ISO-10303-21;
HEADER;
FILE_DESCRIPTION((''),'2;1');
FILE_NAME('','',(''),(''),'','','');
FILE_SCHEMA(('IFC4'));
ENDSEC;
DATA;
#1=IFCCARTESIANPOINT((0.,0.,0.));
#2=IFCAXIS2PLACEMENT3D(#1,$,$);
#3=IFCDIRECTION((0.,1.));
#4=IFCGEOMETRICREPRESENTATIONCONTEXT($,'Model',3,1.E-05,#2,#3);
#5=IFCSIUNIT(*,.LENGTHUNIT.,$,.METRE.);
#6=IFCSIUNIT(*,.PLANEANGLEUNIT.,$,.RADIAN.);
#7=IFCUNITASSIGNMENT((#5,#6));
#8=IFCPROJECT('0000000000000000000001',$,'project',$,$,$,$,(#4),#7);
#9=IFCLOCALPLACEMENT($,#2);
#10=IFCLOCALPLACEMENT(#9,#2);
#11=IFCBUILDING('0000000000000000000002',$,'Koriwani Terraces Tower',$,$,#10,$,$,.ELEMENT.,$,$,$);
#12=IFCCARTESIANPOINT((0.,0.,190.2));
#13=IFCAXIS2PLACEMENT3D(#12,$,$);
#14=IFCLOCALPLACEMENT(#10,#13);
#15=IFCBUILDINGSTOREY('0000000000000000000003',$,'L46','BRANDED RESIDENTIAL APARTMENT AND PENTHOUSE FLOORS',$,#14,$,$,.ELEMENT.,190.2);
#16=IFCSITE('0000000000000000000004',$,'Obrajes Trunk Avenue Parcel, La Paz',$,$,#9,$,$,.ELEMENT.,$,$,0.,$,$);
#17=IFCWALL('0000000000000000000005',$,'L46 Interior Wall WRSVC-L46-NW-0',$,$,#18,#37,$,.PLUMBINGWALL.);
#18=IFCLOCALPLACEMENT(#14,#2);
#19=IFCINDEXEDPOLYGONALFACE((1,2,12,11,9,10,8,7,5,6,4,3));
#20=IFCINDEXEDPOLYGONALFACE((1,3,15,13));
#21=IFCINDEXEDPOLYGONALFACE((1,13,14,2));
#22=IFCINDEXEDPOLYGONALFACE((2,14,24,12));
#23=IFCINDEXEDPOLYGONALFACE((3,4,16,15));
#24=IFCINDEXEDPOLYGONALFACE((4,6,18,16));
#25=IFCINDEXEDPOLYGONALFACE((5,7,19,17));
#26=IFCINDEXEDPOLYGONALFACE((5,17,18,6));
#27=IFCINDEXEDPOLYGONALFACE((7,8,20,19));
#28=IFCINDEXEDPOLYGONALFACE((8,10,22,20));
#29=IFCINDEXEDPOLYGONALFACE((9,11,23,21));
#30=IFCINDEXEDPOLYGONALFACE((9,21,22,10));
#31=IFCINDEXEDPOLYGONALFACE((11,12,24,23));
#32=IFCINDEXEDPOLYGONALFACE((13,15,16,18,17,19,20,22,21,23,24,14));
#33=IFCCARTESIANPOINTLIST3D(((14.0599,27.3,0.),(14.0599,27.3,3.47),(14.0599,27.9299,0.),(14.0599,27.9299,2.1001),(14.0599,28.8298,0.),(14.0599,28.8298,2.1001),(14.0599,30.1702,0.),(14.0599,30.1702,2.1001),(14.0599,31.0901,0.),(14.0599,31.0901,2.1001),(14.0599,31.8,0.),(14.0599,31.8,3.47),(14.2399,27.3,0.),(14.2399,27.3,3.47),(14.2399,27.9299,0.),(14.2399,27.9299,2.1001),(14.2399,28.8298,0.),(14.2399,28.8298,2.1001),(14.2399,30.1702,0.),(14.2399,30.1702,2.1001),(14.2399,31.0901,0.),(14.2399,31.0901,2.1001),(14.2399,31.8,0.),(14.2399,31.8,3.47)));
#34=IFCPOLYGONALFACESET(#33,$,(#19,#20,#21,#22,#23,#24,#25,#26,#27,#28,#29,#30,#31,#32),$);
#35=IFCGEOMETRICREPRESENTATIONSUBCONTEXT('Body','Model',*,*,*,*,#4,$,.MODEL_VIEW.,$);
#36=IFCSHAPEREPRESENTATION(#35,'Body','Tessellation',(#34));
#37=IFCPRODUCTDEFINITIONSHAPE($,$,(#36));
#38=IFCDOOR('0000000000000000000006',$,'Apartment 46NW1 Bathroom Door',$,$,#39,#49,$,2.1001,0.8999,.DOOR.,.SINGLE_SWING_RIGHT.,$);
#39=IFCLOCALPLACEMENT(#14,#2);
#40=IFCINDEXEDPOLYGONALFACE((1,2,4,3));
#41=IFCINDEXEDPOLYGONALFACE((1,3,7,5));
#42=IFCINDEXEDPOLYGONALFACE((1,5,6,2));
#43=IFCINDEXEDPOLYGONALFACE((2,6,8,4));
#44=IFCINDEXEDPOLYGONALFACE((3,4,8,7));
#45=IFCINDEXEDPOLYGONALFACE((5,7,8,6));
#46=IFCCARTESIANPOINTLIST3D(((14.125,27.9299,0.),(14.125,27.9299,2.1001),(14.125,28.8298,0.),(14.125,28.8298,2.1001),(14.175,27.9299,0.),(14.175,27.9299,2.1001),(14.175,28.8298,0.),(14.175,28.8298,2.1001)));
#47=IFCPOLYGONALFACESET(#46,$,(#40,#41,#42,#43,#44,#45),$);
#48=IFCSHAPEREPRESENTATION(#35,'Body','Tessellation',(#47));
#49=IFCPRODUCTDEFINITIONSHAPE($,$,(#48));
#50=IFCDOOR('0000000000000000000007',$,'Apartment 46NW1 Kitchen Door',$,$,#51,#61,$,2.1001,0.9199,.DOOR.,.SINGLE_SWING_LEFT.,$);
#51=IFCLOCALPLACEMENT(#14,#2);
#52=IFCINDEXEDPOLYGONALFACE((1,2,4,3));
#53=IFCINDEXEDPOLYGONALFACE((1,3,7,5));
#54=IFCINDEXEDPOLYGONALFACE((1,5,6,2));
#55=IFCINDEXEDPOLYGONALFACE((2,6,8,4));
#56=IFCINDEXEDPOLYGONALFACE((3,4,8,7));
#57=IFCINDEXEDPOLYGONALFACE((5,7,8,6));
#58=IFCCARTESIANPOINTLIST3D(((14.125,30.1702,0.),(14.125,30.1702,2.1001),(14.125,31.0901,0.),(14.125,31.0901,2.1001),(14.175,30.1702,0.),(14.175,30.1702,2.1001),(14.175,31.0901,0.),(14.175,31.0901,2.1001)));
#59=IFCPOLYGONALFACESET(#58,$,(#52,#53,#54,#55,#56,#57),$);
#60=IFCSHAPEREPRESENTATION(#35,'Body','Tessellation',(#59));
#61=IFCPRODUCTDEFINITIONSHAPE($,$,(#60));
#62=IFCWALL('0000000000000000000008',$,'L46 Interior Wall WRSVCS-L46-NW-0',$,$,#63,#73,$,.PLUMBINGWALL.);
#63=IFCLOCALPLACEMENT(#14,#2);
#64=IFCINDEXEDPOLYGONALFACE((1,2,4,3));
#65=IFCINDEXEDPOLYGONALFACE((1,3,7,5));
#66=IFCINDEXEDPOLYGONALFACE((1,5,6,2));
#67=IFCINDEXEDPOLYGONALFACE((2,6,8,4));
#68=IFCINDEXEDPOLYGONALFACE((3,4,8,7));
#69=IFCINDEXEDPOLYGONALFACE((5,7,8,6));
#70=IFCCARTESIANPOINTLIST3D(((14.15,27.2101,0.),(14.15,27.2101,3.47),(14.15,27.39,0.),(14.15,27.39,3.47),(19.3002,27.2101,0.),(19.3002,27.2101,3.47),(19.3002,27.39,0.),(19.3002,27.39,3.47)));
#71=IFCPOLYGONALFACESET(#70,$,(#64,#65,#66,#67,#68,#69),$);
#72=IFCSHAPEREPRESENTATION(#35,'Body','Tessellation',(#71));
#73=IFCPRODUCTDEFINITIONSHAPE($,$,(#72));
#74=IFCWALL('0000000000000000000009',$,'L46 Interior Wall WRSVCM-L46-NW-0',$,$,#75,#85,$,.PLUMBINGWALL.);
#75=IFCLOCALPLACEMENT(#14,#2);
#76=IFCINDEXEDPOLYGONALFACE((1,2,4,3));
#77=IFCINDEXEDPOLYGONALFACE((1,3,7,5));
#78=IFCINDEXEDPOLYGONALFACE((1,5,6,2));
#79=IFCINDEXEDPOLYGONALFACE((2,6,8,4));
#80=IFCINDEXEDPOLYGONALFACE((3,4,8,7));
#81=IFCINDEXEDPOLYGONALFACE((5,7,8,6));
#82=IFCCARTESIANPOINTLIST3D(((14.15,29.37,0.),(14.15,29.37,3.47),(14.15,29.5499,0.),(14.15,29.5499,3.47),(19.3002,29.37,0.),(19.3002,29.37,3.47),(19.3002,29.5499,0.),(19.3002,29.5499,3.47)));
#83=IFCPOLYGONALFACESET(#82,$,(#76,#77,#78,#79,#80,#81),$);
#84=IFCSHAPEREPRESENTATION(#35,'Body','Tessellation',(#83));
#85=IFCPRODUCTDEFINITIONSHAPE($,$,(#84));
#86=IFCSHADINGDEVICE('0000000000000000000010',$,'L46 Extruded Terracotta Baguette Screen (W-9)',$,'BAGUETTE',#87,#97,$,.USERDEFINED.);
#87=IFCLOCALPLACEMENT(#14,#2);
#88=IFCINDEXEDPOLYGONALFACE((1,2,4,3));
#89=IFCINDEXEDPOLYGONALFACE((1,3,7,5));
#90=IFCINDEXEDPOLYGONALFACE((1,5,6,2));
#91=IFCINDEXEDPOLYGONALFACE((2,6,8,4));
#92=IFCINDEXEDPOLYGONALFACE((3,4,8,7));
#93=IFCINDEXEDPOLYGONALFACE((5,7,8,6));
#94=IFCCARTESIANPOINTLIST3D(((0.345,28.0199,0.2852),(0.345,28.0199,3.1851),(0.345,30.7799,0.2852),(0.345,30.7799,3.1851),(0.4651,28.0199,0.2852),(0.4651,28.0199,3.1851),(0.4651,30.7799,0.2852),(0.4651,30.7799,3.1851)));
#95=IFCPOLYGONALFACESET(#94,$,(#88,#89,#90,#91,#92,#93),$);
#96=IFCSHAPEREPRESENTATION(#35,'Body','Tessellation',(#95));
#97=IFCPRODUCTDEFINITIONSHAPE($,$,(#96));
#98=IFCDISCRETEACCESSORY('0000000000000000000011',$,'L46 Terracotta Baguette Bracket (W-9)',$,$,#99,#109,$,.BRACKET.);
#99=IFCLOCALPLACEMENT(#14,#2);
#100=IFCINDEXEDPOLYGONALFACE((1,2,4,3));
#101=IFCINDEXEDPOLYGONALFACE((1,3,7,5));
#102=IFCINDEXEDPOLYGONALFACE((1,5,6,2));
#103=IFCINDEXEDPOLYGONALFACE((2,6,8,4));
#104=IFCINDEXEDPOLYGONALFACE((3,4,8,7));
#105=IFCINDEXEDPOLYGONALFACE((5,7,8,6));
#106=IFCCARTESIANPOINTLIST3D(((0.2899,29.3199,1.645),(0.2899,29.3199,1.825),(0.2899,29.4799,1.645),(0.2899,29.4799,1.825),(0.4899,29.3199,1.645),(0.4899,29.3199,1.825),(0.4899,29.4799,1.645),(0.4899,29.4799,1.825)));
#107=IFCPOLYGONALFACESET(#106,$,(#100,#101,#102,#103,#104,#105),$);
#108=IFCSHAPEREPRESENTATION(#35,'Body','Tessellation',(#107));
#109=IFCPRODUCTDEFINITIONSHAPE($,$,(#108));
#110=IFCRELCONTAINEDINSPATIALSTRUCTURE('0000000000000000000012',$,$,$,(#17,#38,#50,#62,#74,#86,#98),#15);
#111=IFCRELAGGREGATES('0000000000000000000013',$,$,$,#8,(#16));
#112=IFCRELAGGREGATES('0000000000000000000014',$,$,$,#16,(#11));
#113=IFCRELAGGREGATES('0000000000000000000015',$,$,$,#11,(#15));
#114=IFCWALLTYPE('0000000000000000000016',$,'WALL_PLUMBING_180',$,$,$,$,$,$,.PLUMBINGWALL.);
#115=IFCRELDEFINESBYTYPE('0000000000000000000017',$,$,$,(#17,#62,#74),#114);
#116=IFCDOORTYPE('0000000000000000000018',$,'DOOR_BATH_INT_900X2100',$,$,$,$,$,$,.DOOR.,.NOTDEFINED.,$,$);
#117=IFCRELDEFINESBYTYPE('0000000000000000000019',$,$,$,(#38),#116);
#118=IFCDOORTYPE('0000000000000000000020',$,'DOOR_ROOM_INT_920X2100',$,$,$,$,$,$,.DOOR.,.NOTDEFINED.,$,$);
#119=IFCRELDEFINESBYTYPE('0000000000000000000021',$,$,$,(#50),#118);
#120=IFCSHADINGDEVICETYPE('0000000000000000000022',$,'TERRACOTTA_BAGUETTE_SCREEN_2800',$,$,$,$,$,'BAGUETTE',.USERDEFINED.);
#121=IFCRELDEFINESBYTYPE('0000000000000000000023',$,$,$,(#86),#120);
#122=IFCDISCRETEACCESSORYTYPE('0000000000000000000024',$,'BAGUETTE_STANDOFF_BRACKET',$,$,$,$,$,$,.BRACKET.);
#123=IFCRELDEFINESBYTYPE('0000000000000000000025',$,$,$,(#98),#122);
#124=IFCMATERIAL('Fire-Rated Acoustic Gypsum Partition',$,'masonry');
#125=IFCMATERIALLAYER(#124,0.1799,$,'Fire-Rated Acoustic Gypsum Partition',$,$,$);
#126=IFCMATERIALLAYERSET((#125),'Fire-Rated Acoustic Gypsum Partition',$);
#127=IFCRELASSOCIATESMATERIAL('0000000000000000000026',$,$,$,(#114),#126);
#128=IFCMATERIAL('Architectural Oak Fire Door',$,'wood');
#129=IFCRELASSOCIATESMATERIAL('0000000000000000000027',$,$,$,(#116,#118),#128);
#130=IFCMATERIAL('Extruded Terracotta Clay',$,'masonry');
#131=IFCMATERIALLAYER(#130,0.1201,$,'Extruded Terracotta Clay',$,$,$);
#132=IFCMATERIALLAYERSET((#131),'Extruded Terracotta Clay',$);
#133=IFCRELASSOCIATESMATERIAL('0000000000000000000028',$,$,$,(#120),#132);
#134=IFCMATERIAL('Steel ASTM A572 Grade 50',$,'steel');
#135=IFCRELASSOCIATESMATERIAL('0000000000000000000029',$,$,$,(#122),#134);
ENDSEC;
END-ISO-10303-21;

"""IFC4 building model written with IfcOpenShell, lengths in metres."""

from ifc_helpers import new_model, si_unit, direction, frame, frame_2d, origin, origin_2d, place, context, subcontext, project, spatial, rectangle, extrude, material, layer, layer_set, type_object, element, fill, save


model = new_model("IFC4")

# Units and contexts
model_context = context("Model", 3, precision=1e-05, world=origin(), true_north=direction((0.0, 1.0)))
body_context = subcontext(model_context, "Body", "Model", "MODEL_VIEW")
ifc_project = project(units=[si_unit("LENGTHUNIT", "METRE"), si_unit("PLANEANGLEUNIT", "RADIAN")], contexts=[model_context])

# Site, building, storey
site_placement = place(None, origin())
site = spatial("IfcSite", under=ifc_project, at=site_placement, Name="Obrajes Trunk Avenue Parcel, La Paz", CompositionType="ELEMENT", RefElevation=0.0)
building_placement = place(site_placement, origin())
building = spatial("IfcBuilding", under=site, at=building_placement, Name="Koriwani Terraces Tower", CompositionType="ELEMENT")
storey_placement = place(building_placement, frame((0.0, 0.0, 190.2)))
storey = spatial("IfcBuildingStorey", under=building, at=storey_placement, Name="L46", Description="BRANDED RESIDENTIAL APARTMENT AND PENTHOUSE FLOORS", CompositionType="ELEMENT", Elevation=190.2)

# Shared definitions
ifc_material_1 = material(Name="Steel ASTM A572 Grade 50", Category="steel")

# Shared definitions
ifc_material_2 = material(Name="Architectural Oak Fire Door", Category="wood")

# Shared definitions
ifc_material_3 = material(Name="Fire-Rated Acoustic Gypsum Partition", Category="masonry")
ifc_layer_1 = layer(ifc_material_3, 0.1799, Name="Fire-Rated Acoustic Gypsum Partition")
ifc_layer_set_1 = layer_set([ifc_layer_1], Name="Fire-Rated Acoustic Gypsum Partition")
wall_type_1 = type_object("IfcWallType", Name="WALL_PLUMBING_180", PredefinedType="PLUMBINGWALL", material=ifc_layer_set_1)

# Wall, openings, doors
wall_1_placement = place(storey_placement, frame((14.1499, 27.3, 0.0), z_axis=(0.0, 0.0, 1.0), x_axis=(0.0, 1.0, 0.0)))
wall_1 = element("IfcWall", 1, at=wall_1_placement, inside=storey, type_object=wall_type_1, Name="L46 Interior Wall WRSVC-L46-NW-0", PredefinedType="PLUMBINGWALL", context=body_context, shape_type="SweptSolid", body=[
    extrude(rectangle(XDim=4.5, YDim=0.1799, at=frame_2d((2.25, 0.0))), origin(), (0.0, 0.0, 1.0), 3.47),
])
opening_1_placement = place(wall_1_placement, frame((0.6299, 0.0, 0.0)))
opening_1 = element("IfcOpeningElement", 2, at=opening_1_placement, cuts=wall_1, PredefinedType="OPENING", context=body_context, shape_type="SweptSolid", body=[
    extrude(rectangle(XDim=0.8999, YDim=2.1001, at=frame_2d((0.45, 1.05))), frame((0.0, 0.1001, 0.0), z_axis=(0.0, -1.0, 0.0), x_axis=(1.0, 0.0, 0.0)), (0.0, 0.0, 1.0), 0.2),
])
opening_2_placement = place(wall_1_placement, frame((2.8701, 0.0, 0.0)))
opening_2 = element("IfcOpeningElement", 3, at=opening_2_placement, cuts=wall_1, PredefinedType="OPENING", context=body_context, shape_type="SweptSolid", body=[
    extrude(rectangle(XDim=0.9199, YDim=2.1001, at=frame_2d((0.46, 1.05))), frame((0.0, 0.1001, 0.0), z_axis=(0.0, -1.0, 0.0), x_axis=(1.0, 0.0, 0.0)), (0.0, 0.0, 1.0), 0.2),
])
door_type_1 = type_object("IfcDoorType", Name="DOOR_BATH_INT_900X2100", OperationType="NOTDEFINED", PredefinedType="DOOR", material=ifc_material_2)
door_1_placement = place(opening_1_placement, origin())
door_1 = element("IfcDoor", 4, at=door_1_placement, inside=storey, type_object=door_type_1, Name="Apartment 46NW1 Bathroom Door", OperationType="SINGLE_SWING_RIGHT", OverallHeight=2.1001, OverallWidth=0.8999, PredefinedType="DOOR", context=body_context, shape_type="SweptSolid", body=[
    extrude(rectangle(XDim=0.8999, YDim=2.1001, at=frame_2d((0.45, 1.05))), frame((0.0, 0.0249, 0.0), z_axis=(0.0, -1.0, 0.0), x_axis=(1.0, 0.0, 0.0)), (0.0, 0.0, 1.0), 0.05),
])
fill(opening_1, door_1)
door_type_2 = type_object("IfcDoorType", Name="DOOR_ROOM_INT_920X2100", OperationType="NOTDEFINED", PredefinedType="DOOR", material=ifc_material_2)
door_2_placement = place(opening_2_placement, origin())
door_2 = element("IfcDoor", 5, at=door_2_placement, inside=storey, type_object=door_type_2, Name="Apartment 46NW1 Kitchen Door", OperationType="SINGLE_SWING_LEFT", OverallHeight=2.1001, OverallWidth=0.9199, PredefinedType="DOOR", context=body_context, shape_type="SweptSolid", body=[
    extrude(rectangle(XDim=0.9199, YDim=2.1001, at=frame_2d((0.46, 1.05))), frame((0.0, 0.0249, 0.0), z_axis=(0.0, -1.0, 0.0), x_axis=(1.0, 0.0, 0.0)), (0.0, 0.0, 1.0), 0.05),
])
fill(opening_2, door_2)

# Walls
for number, where, z_axis, x_axis, name in (
    (6, (14.1499, 27.3, 0.0), (0.0, 0.0, 1.0), (1.0, 0.0, 0.0), "L46 Interior Wall WRSVCS-L46-NW-0"),
    (7, (14.1499, 29.46, 0.0), (0.0, 0.0, 1.0), (1.0, 0.0, 0.0), "L46 Interior Wall WRSVCM-L46-NW-0"),
):
    element("IfcWall", number, at=place(storey_placement, frame(where, z_axis=z_axis, x_axis=x_axis)), inside=storey, type_object=wall_type_1, Name=name, PredefinedType="PLUMBINGWALL", context=body_context, shape_type="SweptSolid", body=[
        extrude(rectangle(XDim=5.1501, YDim=0.1799, at=frame_2d((2.5752, 0.0))), origin(), (0.0, 0.0, 1.0), 3.47),
    ])

# Shading device
ifc_material_4 = material(Name="Extruded Terracotta Clay", Category="masonry")
ifc_layer_2 = layer(ifc_material_4, 0.1201, Name="Extruded Terracotta Clay")
ifc_layer_set_2 = layer_set([ifc_layer_2], Name="Extruded Terracotta Clay")
shading_device_type = type_object("IfcShadingDeviceType", Name="TERRACOTTA_BAGUETTE_SCREEN_2800", ElementType="BAGUETTE", PredefinedType="USERDEFINED", material=ifc_layer_set_2)
shading_device_placement = place(storey_placement, frame((0.405, 29.3999, 0.2852), z_axis=(0.0, 0.0, 1.0), x_axis=(0.0, 1.0, 0.0)))
element("IfcShadingDevice", 8, at=shading_device_placement, inside=storey, type_object=shading_device_type, Name="L46 Extruded Terracotta Baguette Screen (W-9)", ObjectType="BAGUETTE", PredefinedType="USERDEFINED", context=body_context, shape_type="SweptSolid", body=[
    extrude(rectangle(XDim=2.76, YDim=0.1201, at=origin_2d()), origin(), (0.0, 0.0, 1.0), 2.8999),
])

# Discrete accessory
discrete_accessory_type = type_object("IfcDiscreteAccessoryType", Name="BAGUETTE_STANDOFF_BRACKET", PredefinedType="BRACKET", material=ifc_material_1)
discrete_accessory_placement = place(storey_placement, frame((0.3899, 29.3999, 1.645), z_axis=(0.0, 0.0, 1.0), x_axis=(0.0, 1.0, 0.0)))
element("IfcDiscreteAccessory", 9, at=discrete_accessory_placement, inside=storey, type_object=discrete_accessory_type, Name="L46 Terracotta Baguette Bracket (W-9)", PredefinedType="BRACKET", context=body_context, shape_type="SweptSolid", body=[
    extrude(rectangle(XDim=0.1599, YDim=0.2, at=origin_2d()), origin(), (0.0, 0.0, 1.0), 0.1799),
])

save(model, "model.ifc")
